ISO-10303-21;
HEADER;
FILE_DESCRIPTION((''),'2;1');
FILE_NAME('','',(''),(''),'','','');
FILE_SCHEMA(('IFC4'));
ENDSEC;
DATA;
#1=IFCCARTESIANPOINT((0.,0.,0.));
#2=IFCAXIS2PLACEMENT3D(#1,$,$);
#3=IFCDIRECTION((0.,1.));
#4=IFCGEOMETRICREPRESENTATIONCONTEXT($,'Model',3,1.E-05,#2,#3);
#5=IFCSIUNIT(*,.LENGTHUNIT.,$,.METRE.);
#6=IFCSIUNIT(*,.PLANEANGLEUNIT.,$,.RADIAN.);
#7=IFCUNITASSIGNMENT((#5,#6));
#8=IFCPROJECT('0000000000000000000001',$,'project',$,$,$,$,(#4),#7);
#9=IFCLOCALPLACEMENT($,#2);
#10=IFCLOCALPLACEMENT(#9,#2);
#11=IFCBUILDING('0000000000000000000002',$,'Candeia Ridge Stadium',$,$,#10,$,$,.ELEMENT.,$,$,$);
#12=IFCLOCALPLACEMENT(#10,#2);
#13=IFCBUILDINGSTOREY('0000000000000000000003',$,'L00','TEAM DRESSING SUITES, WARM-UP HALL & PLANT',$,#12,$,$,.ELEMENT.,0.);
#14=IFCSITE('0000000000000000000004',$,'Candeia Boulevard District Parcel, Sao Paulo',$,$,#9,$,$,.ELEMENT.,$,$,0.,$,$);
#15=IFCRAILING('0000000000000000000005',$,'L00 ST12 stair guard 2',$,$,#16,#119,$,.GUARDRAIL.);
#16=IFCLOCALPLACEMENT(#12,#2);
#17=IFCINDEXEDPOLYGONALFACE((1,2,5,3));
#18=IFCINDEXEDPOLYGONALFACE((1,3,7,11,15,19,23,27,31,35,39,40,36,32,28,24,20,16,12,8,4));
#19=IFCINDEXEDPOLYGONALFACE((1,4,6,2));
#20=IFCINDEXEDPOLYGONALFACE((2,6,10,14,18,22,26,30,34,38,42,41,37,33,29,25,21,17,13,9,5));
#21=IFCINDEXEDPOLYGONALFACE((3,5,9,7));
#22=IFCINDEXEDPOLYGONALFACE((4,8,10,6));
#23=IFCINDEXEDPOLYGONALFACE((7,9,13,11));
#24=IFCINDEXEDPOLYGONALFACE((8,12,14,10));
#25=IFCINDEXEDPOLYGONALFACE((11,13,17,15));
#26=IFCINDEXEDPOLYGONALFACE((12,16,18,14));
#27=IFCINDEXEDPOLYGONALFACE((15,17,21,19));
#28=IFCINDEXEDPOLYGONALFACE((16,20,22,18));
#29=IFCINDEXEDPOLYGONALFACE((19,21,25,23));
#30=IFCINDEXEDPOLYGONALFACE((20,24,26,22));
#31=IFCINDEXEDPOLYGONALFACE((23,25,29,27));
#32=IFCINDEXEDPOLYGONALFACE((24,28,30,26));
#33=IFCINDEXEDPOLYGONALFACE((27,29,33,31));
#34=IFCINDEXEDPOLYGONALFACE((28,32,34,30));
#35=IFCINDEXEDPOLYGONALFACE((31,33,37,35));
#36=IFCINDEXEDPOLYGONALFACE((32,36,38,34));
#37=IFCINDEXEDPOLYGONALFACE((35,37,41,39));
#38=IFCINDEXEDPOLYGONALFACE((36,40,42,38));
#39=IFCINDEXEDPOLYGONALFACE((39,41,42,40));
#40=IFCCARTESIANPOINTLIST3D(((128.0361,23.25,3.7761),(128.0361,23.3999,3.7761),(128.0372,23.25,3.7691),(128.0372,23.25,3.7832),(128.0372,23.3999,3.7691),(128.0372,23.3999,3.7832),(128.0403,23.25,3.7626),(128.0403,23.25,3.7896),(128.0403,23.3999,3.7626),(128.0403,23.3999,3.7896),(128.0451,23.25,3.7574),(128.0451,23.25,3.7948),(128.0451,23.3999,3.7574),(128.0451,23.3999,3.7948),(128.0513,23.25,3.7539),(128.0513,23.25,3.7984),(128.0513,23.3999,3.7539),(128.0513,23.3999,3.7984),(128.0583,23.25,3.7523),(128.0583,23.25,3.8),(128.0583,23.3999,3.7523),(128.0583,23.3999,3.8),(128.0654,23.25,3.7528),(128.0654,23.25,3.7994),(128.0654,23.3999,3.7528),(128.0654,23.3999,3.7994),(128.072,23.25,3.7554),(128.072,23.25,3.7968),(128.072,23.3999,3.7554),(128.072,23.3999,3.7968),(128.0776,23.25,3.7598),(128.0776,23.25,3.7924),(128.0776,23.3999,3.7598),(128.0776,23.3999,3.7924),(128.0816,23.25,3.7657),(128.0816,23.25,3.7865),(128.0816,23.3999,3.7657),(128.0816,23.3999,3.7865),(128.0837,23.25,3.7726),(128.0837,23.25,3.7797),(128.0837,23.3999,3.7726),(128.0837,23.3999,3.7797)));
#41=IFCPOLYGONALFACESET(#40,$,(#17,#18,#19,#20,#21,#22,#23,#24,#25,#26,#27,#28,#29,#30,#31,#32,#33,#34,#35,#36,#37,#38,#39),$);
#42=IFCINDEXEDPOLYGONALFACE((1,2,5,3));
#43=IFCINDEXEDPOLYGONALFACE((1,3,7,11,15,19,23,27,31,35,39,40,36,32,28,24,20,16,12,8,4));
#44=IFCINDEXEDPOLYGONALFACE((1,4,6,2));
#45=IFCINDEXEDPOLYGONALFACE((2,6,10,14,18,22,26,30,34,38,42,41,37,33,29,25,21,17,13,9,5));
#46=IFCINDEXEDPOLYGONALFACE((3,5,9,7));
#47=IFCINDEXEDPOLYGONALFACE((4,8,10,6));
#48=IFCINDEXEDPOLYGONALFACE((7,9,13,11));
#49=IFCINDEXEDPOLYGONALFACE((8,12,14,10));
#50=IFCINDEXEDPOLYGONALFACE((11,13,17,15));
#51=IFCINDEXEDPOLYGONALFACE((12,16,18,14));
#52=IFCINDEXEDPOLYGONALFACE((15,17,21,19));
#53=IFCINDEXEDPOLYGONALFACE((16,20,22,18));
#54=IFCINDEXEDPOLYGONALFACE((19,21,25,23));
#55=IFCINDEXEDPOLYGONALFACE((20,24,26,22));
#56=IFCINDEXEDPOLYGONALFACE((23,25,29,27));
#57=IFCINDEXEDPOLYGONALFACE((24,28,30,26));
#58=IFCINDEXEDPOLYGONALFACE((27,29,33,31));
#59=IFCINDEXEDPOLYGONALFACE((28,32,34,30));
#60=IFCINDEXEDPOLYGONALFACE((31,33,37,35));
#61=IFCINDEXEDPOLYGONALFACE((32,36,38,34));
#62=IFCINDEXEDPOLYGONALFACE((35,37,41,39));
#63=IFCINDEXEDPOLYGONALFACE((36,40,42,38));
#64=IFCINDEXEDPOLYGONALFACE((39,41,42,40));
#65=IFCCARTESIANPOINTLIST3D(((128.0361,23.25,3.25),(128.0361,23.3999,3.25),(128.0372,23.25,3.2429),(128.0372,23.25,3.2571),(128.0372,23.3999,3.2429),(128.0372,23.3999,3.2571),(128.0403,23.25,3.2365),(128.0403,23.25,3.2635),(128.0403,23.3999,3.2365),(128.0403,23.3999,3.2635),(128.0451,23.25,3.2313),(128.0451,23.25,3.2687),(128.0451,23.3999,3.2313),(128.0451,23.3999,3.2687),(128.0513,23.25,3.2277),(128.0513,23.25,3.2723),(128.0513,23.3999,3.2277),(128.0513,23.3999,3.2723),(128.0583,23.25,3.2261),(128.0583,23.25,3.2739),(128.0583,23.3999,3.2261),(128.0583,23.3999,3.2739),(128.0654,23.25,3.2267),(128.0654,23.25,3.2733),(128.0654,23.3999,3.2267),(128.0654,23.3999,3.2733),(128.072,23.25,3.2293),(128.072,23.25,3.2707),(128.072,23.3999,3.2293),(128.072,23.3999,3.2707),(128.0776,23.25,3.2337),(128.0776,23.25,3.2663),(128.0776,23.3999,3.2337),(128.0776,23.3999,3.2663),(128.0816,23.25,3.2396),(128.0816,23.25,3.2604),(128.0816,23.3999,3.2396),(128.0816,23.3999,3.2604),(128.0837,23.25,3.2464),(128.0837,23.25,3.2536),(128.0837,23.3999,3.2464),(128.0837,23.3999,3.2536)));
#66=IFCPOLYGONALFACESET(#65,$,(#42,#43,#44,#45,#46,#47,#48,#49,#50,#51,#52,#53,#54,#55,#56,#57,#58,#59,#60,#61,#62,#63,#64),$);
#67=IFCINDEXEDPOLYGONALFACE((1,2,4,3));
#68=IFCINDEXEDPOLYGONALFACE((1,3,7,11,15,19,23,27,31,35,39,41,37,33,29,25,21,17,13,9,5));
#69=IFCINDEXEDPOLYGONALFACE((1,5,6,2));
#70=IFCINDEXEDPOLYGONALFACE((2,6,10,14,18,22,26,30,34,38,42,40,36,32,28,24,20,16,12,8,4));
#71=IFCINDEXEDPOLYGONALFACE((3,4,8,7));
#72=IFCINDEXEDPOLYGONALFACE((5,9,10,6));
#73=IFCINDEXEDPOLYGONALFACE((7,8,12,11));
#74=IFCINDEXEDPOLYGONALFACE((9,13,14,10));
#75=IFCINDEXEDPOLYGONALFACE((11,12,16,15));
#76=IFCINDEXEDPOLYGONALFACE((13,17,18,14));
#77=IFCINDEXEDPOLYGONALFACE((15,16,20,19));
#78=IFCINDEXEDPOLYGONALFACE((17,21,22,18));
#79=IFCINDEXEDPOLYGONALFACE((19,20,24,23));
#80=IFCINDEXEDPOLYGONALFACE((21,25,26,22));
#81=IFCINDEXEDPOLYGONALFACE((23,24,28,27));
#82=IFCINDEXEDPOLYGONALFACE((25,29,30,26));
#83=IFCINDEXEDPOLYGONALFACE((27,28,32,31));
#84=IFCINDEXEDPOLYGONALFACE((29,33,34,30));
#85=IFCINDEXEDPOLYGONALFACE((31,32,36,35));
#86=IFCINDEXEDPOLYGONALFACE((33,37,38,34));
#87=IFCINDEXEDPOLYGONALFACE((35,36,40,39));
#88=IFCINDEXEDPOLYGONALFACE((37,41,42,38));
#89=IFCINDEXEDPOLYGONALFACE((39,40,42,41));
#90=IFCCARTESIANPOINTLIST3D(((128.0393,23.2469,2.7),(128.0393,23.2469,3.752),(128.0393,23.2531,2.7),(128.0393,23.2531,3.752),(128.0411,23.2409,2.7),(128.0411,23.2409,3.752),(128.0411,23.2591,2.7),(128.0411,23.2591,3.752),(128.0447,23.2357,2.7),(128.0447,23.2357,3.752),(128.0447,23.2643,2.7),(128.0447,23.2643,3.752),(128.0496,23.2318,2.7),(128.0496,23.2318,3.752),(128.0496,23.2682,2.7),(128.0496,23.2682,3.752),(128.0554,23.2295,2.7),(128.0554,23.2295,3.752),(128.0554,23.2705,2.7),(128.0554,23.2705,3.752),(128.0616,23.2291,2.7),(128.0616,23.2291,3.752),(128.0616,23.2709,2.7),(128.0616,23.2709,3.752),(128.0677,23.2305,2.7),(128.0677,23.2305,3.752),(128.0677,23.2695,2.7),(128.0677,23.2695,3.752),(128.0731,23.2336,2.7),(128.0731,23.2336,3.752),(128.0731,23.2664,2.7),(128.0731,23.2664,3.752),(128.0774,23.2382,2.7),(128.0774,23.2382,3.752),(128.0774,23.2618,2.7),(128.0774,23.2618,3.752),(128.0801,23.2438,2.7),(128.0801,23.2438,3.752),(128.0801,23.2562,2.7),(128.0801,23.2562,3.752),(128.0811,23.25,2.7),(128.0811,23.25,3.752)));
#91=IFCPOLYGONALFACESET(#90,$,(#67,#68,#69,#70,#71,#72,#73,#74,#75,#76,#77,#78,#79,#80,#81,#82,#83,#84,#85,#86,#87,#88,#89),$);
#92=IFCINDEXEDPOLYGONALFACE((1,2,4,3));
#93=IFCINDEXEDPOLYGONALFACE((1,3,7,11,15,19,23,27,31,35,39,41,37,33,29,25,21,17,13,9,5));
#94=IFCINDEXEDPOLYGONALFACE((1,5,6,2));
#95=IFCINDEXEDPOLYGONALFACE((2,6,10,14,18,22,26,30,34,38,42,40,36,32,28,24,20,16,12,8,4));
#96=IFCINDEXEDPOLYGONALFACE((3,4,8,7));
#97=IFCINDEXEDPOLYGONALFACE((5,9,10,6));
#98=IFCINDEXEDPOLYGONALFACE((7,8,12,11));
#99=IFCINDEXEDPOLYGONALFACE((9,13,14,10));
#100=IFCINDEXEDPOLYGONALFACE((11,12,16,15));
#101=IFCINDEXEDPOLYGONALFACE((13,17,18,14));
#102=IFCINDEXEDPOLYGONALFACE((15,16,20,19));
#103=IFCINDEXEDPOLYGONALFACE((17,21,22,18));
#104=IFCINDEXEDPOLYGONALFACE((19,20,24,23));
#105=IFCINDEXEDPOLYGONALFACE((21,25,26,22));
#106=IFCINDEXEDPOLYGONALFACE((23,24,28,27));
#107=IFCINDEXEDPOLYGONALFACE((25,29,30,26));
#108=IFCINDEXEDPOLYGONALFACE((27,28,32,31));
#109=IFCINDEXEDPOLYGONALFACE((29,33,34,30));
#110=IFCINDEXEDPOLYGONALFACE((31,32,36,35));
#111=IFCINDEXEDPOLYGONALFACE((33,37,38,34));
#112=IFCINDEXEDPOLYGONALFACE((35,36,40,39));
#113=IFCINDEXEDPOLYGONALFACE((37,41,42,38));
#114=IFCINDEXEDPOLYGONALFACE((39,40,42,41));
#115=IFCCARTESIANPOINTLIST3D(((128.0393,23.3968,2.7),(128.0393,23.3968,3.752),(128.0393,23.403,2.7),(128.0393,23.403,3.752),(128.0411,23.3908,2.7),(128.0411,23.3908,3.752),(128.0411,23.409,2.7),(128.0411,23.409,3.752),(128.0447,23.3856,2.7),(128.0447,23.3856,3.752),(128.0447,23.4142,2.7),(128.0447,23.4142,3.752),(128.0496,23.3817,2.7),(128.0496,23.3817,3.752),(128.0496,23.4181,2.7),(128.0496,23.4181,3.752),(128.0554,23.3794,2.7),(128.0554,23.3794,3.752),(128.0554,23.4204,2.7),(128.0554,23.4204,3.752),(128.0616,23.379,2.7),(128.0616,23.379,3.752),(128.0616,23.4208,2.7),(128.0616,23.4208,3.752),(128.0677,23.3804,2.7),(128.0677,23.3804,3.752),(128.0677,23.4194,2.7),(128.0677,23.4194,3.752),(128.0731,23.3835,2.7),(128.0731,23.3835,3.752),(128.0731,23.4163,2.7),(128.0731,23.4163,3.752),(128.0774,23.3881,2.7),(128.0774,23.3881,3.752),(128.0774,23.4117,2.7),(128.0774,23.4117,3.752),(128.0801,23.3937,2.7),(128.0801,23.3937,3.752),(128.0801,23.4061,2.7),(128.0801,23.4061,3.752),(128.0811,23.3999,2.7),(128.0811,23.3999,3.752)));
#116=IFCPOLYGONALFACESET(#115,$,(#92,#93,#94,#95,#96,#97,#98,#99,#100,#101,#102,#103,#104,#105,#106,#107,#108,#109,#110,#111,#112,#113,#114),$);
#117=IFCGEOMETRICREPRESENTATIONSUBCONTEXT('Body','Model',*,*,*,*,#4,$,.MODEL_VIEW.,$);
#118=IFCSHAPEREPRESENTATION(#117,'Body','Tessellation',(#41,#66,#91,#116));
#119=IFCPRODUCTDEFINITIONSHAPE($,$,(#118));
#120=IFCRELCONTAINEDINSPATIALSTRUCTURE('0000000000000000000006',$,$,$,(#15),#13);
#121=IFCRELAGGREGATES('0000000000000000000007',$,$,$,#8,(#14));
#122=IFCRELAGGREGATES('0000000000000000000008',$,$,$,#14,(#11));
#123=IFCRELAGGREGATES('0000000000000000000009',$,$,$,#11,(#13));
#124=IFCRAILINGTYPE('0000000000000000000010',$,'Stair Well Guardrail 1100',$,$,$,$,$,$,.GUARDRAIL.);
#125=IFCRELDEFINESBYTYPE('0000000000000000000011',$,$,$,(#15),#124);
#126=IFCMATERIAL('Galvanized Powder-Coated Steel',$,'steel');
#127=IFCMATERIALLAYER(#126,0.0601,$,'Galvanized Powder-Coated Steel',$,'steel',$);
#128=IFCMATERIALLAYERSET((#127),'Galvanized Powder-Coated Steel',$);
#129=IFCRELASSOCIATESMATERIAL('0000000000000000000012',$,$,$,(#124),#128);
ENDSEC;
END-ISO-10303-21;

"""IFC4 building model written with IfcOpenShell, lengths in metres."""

from ifc_helpers import new_model, si_unit, direction, frame, origin, origin_2d, place, context, subcontext, project, spatial, circle, extrude, material, layer, layer_set, type_object, element, save


model = new_model("IFC4")

# Units and contexts
model_context = context("Model", 3, precision=1e-05, world=origin(), true_north=direction((0.0, 1.0)))
body_context = subcontext(model_context, "Body", "Model", "MODEL_VIEW")
ifc_project = project(units=[si_unit("LENGTHUNIT", "METRE"), si_unit("PLANEANGLEUNIT", "RADIAN")], contexts=[model_context])

# Site, building, storey
site_placement = place(None, origin())
site = spatial("IfcSite", under=ifc_project, at=site_placement, Name="Candeia Boulevard District Parcel, Sao Paulo", CompositionType="ELEMENT", RefElevation=0.0)
building_placement = place(site_placement, origin())
building = spatial("IfcBuilding", under=site, at=building_placement, Name="Candeia Ridge Stadium", CompositionType="ELEMENT")
storey_placement = place(building_placement, origin())
storey = spatial("IfcBuildingStorey", under=building, at=storey_placement, Name="L00", Description="TEAM DRESSING SUITES, WARM-UP HALL & PLANT", CompositionType="ELEMENT", Elevation=0.0)

# Railing
ifc_material_1 = material(Name="Galvanized Powder-Coated Steel", Category="steel")
ifc_layer_1 = layer(ifc_material_1, 0.0601, Name="Galvanized Powder-Coated Steel", Category="steel")
ifc_layer_set_1 = layer_set([ifc_layer_1], Name="Galvanized Powder-Coated Steel")
railing_type_1 = type_object("IfcRailingType", Name="Stair Well Guardrail 1100", PredefinedType="GUARDRAIL", material=ifc_layer_set_1)
railing_1_placement = place(storey_placement, frame((128.0601, 23.25, 2.7)))
element("IfcRailing", 1, at=railing_1_placement, inside=storey, type_object=railing_type_1, Name="L00 ST12 stair guard 2", PredefinedType="GUARDRAIL", context=body_context, shape_type="SweptSolid", body=[
    extrude(circle(Radius=0.0239, at=origin_2d()), frame((0.0, 0.0, 1.0762), z_axis=(0.0, 1.0, 0.0), x_axis=(-1.0, 0.0, 0.0)), (0.0, 0.0, 1.0), 0.1499),
    extrude(circle(Radius=0.0239, at=origin_2d()), frame((0.0, 0.0, 0.55), z_axis=(0.0, 1.0, 0.0), x_axis=(-1.0, 0.0, 0.0)), (0.0, 0.0, 1.0), 0.1499),
    extrude(circle(Radius=0.021, at=origin_2d()), origin(), (0.0, 0.0, 1.0), 1.052),
    extrude(circle(Radius=0.021, at=origin_2d()), frame((0.0, 0.1499, 0.0)), (0.0, 0.0, 1.0), 1.052),
])

save(model, "model.ifc")
